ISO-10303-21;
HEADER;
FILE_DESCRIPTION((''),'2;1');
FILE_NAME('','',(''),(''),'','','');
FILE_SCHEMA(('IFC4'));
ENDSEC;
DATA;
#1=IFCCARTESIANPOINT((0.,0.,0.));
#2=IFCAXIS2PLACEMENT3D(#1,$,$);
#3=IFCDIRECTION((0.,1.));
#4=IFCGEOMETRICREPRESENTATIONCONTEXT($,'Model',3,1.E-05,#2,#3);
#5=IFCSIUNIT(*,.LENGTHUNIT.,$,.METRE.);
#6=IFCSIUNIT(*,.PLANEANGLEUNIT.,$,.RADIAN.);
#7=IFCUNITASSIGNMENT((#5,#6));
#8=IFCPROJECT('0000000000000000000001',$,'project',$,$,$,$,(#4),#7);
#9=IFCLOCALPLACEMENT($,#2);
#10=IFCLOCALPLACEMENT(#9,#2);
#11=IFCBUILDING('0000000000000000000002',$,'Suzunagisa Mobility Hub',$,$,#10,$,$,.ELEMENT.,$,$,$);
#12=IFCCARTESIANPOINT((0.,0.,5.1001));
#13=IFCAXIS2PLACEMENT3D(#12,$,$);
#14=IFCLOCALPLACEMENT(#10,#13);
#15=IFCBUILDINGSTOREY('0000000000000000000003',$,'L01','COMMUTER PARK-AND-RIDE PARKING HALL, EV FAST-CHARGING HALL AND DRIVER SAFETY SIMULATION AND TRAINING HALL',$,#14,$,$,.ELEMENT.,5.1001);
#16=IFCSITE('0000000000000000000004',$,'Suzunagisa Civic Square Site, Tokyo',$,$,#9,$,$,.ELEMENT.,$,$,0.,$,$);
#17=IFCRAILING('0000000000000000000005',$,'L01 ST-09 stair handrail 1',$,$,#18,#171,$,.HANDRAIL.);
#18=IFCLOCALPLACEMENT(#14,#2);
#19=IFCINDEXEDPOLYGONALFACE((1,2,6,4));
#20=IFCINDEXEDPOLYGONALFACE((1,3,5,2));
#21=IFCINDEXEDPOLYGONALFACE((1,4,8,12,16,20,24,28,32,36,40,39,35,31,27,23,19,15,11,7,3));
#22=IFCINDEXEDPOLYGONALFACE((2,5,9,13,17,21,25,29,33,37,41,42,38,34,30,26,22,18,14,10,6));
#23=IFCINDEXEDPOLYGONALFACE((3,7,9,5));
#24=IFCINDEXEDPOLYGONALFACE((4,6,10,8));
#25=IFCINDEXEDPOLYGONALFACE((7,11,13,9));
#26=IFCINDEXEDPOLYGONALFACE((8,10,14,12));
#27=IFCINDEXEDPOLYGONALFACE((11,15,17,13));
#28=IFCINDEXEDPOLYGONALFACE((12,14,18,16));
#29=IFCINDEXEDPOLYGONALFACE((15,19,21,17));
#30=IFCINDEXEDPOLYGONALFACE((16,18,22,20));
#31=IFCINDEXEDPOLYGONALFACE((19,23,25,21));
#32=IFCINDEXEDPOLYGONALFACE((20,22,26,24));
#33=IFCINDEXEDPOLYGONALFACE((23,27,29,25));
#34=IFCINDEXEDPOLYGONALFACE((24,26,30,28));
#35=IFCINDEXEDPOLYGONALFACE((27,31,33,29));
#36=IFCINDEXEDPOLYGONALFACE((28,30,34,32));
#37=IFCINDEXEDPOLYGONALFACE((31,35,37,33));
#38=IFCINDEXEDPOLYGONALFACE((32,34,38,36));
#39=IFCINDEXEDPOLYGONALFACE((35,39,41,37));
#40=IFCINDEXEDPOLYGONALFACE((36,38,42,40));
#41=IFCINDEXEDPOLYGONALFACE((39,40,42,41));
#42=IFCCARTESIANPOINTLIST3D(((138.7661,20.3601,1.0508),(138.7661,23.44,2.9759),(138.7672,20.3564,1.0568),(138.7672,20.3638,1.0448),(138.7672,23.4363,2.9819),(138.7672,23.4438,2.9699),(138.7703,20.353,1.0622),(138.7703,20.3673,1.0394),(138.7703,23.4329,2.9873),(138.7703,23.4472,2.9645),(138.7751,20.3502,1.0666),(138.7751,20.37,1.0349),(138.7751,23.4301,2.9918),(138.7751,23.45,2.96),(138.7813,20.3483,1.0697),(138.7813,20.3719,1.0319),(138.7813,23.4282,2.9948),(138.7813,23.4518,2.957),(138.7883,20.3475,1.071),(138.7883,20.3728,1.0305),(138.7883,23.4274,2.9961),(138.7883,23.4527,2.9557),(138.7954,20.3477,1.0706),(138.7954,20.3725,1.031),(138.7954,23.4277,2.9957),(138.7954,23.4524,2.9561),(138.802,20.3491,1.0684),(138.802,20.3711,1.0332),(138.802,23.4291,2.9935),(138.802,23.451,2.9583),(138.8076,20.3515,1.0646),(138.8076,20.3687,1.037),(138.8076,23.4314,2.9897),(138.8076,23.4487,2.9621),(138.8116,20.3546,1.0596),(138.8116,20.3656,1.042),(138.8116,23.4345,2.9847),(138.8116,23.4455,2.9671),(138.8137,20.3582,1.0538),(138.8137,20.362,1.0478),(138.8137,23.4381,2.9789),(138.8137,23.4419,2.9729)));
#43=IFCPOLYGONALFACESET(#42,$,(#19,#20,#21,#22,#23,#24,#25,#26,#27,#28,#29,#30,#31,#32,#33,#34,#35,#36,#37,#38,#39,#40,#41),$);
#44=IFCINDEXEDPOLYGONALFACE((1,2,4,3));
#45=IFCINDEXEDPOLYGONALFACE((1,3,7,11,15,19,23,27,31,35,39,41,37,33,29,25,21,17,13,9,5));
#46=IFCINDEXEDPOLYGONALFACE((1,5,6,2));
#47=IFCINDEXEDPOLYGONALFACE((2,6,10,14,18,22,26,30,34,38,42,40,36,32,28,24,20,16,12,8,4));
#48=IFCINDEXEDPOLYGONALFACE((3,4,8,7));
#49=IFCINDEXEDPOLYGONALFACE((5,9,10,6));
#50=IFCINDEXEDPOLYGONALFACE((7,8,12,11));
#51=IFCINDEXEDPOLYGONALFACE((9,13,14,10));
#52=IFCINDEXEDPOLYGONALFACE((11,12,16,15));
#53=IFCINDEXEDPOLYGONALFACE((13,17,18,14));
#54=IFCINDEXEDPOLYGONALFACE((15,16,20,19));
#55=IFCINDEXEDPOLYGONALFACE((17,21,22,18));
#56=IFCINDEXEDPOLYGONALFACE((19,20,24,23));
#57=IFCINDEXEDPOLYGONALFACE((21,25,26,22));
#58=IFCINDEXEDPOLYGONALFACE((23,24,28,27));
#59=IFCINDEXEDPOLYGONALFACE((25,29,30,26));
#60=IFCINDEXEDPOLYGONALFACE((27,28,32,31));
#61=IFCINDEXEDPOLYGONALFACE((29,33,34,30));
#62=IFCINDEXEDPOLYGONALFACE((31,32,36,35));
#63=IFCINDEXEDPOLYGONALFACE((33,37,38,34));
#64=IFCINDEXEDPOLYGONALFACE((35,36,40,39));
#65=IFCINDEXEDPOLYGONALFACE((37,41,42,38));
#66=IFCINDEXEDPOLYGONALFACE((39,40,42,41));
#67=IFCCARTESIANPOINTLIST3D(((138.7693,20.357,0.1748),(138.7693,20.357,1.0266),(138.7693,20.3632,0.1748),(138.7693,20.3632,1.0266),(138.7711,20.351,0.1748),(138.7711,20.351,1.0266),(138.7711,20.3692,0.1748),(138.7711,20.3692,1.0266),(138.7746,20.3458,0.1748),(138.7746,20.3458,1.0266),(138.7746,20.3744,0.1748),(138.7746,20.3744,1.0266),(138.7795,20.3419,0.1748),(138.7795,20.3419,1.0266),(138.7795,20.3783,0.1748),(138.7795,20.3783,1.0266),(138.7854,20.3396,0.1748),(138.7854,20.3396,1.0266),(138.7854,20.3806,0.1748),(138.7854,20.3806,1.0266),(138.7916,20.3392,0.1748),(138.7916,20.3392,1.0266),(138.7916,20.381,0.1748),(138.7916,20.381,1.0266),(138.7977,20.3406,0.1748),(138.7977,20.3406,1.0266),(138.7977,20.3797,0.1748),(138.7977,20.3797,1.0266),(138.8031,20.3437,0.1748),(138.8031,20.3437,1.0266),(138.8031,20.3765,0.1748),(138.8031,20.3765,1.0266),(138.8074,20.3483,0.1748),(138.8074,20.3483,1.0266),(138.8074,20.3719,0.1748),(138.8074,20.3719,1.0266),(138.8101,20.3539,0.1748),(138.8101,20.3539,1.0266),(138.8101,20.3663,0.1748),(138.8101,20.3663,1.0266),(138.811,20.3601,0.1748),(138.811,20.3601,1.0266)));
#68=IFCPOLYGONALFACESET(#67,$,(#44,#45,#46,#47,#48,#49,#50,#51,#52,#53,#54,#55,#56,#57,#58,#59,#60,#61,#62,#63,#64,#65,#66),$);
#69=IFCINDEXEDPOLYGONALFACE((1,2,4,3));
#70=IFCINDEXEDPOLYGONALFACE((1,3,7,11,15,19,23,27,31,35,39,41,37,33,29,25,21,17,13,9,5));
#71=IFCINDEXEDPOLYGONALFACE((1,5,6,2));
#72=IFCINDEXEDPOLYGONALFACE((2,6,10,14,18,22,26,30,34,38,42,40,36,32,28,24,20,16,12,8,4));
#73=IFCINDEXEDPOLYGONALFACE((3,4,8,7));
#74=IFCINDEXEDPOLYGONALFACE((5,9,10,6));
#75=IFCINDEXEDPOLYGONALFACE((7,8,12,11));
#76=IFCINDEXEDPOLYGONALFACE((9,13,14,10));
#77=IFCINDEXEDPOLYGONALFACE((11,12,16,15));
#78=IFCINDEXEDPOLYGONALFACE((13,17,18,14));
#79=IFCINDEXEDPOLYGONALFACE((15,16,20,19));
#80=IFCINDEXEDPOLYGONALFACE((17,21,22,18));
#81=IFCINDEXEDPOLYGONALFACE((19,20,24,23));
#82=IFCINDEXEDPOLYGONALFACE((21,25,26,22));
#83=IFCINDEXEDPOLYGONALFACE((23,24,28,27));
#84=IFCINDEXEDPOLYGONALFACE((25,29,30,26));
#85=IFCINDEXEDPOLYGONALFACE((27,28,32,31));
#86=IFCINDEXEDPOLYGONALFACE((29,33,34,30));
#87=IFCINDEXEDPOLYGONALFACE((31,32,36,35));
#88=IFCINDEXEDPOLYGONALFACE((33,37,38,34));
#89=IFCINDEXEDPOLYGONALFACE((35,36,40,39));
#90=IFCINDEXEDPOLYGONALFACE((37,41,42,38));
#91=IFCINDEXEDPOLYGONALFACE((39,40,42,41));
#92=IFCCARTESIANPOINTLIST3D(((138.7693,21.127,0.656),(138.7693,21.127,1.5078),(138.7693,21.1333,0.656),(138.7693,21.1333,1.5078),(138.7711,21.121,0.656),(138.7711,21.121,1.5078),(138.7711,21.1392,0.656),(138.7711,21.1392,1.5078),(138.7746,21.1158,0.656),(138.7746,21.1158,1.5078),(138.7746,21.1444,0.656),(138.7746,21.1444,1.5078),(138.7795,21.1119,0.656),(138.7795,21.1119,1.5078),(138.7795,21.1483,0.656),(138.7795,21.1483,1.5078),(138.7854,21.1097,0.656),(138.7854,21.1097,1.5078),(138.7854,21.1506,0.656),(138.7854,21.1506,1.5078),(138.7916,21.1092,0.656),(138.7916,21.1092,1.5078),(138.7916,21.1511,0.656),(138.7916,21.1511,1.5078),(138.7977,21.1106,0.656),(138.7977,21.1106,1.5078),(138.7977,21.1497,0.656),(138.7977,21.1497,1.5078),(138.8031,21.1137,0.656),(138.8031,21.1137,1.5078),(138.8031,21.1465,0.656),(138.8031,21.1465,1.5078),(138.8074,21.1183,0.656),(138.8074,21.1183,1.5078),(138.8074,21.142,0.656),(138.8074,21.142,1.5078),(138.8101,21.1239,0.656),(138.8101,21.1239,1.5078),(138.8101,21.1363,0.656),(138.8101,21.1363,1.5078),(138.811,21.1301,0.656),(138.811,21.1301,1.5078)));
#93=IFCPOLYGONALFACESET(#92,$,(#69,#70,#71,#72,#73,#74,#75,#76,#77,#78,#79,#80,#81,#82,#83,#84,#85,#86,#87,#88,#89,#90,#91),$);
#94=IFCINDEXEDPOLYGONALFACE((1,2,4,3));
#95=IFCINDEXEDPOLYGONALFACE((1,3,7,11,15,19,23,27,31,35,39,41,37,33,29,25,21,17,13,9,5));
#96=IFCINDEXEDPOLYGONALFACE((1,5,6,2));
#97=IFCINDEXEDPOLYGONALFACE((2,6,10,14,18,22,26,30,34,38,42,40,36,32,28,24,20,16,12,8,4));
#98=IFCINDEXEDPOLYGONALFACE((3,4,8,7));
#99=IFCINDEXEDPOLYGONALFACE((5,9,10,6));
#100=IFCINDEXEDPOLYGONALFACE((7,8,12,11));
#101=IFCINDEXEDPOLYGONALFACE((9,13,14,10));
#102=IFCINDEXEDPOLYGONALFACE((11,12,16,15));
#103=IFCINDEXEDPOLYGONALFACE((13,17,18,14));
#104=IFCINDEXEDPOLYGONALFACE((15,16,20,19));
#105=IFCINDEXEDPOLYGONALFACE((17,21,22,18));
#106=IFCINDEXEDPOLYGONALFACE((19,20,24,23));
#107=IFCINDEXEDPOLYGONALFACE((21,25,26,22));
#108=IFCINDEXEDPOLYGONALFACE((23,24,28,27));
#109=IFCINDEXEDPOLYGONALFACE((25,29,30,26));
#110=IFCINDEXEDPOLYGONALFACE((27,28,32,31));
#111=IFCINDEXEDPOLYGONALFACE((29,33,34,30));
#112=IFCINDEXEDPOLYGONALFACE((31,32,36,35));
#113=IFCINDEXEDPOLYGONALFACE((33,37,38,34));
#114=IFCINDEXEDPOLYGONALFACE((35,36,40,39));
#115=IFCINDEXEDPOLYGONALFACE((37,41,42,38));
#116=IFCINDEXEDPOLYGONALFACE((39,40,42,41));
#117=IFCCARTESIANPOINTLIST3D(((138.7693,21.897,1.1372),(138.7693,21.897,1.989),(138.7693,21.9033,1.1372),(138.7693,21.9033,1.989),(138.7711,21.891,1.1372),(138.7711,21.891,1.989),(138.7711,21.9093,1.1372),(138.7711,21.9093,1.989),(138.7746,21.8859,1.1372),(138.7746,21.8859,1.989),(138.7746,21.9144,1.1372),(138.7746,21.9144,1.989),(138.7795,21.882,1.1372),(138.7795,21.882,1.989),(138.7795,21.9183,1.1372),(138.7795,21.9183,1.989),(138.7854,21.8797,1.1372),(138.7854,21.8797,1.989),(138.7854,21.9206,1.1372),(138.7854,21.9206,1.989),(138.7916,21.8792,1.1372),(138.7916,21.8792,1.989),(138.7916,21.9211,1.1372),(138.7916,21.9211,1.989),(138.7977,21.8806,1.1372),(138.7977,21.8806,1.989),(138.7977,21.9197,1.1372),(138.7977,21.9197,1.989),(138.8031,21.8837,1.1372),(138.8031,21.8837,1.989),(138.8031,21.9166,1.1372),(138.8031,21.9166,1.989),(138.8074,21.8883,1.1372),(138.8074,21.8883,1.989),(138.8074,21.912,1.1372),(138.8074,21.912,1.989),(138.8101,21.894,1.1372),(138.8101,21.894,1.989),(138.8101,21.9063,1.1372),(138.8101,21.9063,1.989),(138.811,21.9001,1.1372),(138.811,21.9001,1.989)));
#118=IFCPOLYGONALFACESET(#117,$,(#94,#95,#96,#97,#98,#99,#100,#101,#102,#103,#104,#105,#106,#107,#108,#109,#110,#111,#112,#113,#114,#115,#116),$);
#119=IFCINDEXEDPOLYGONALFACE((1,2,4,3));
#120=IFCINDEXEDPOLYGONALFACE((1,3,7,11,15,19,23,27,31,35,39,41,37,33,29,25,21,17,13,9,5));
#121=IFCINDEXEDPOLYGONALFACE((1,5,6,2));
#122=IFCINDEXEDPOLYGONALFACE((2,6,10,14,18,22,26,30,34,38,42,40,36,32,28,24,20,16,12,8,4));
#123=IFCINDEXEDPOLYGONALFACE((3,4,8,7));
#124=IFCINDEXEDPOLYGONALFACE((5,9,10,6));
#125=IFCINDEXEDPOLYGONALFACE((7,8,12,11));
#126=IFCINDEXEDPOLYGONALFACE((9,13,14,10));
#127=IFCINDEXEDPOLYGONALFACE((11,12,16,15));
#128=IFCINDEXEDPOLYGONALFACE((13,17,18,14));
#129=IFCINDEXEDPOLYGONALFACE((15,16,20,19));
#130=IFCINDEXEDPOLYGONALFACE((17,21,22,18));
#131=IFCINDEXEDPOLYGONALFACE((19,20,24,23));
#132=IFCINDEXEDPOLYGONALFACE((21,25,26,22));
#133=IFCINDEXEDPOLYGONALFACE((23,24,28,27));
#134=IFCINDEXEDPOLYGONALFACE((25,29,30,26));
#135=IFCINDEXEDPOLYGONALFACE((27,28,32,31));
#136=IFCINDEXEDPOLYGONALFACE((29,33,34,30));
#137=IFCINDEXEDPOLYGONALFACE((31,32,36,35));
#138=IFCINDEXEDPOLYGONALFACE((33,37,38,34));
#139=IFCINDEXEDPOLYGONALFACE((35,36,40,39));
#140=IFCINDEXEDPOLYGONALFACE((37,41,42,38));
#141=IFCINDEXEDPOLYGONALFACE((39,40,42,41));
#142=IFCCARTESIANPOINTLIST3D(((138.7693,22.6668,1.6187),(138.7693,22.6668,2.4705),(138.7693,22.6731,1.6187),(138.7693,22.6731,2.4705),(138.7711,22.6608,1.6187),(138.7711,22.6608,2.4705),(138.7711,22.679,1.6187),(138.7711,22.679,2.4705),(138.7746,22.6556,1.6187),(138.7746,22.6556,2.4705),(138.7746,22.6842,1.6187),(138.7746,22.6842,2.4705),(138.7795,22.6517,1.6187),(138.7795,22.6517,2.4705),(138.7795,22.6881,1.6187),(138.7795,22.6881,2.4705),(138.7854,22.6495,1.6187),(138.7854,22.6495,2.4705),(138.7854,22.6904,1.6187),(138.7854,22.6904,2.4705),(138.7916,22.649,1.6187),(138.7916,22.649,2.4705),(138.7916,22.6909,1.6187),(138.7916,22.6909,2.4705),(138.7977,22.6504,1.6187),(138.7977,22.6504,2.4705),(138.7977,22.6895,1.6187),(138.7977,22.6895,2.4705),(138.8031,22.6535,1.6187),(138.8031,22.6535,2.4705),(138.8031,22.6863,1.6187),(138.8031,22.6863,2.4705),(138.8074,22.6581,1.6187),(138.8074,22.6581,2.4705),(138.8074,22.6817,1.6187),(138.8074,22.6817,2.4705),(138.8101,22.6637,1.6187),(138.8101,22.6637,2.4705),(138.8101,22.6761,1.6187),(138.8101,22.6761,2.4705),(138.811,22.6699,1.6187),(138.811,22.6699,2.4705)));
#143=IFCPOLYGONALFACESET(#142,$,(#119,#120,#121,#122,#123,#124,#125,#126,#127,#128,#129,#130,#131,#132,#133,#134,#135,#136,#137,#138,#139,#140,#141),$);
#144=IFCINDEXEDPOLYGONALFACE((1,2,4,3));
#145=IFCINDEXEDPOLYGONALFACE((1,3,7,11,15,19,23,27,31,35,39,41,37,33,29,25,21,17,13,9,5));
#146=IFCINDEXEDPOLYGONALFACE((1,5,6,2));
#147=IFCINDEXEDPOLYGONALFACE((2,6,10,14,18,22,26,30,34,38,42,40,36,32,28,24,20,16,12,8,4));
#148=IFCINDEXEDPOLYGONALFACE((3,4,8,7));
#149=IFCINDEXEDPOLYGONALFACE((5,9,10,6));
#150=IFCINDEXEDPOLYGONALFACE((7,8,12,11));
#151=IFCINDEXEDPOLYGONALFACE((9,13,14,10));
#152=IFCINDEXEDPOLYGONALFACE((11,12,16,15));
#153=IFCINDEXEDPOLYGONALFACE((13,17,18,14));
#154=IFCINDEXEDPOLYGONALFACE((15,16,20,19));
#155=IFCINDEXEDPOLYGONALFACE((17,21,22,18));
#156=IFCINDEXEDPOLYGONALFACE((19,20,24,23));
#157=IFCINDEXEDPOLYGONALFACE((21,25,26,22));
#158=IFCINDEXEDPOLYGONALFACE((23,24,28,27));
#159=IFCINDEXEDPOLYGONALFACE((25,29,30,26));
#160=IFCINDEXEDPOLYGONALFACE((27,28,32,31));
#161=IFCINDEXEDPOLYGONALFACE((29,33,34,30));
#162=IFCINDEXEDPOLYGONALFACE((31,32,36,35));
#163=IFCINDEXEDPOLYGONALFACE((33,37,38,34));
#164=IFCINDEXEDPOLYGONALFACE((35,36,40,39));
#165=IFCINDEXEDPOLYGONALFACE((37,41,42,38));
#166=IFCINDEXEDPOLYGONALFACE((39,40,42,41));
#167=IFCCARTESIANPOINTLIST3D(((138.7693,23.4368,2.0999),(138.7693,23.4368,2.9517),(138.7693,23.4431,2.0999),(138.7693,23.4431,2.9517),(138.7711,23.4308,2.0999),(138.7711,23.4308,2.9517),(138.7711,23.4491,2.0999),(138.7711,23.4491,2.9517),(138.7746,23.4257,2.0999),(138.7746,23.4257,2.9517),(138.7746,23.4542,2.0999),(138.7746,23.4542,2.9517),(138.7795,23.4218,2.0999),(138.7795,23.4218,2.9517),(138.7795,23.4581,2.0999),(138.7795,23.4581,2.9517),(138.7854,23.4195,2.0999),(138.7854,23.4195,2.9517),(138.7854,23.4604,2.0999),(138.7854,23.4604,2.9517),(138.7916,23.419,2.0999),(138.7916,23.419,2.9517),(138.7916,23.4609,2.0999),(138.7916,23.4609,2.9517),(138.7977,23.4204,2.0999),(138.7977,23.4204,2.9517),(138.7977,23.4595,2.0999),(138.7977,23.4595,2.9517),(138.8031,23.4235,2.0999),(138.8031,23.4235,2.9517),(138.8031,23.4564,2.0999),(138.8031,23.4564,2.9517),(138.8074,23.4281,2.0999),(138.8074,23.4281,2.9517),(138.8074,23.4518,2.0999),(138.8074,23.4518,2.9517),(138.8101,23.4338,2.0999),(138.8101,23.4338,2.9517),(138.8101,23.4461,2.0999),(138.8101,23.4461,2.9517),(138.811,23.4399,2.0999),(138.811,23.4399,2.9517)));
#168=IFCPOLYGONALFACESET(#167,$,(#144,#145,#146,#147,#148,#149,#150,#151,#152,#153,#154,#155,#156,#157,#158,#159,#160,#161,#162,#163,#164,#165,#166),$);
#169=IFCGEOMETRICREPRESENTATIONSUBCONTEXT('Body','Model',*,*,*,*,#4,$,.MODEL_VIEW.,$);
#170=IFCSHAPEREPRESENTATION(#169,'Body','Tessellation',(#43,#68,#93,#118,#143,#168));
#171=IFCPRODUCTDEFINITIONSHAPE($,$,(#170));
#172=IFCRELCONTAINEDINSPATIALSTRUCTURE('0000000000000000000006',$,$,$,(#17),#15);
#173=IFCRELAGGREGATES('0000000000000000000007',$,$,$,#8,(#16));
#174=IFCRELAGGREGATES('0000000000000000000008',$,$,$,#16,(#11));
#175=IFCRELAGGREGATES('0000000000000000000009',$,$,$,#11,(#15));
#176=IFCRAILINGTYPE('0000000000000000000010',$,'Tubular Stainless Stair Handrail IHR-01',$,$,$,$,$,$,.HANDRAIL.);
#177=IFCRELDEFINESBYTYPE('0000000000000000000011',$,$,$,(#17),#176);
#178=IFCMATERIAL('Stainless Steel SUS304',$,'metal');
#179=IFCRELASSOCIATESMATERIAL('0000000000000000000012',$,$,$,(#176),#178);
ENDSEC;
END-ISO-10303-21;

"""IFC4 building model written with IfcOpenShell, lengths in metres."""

from ifc_helpers import new_model, si_unit, direction, frame, origin, origin_2d, place, context, subcontext, project, spatial, circle, extrude, material, type_object, element, save


model = new_model("IFC4")

# Units and contexts
model_context = context("Model", 3, precision=1e-05, world=origin(), true_north=direction((0.0, 1.0)))
body_context = subcontext(model_context, "Body", "Model", "MODEL_VIEW")
ifc_project = project(units=[si_unit("LENGTHUNIT", "METRE"), si_unit("PLANEANGLEUNIT", "RADIAN")], contexts=[model_context])

# Site, building, storey
site_placement = place(None, origin())
site = spatial("IfcSite", under=ifc_project, at=site_placement, Name="Suzunagisa Civic Square Site, Tokyo", CompositionType="ELEMENT", RefElevation=0.0)
building_placement = place(site_placement, origin())
building = spatial("IfcBuilding", under=site, at=building_placement, Name="Suzunagisa Mobility Hub", CompositionType="ELEMENT")
storey_placement = place(building_placement, frame((0.0, 0.0, 5.1001)))
storey = spatial("IfcBuildingStorey", under=building, at=storey_placement, Name="L01", Description="COMMUTER PARK-AND-RIDE PARKING HALL, EV FAST-CHARGING HALL AND DRIVER SAFETY SIMULATION AND TRAINING HALL", CompositionType="ELEMENT", Elevation=5.1001)

# Railing
ifc_material_1 = material(Name="Stainless Steel SUS304", Category="metal")
railing_type_1 = type_object("IfcRailingType", Name="Tubular Stainless Stair Handrail IHR-01", PredefinedType="HANDRAIL", material=ifc_material_1)
railing_1_placement = place(storey_placement, frame((138.79, 20.3601, 0.1748)))
element("IfcRailing", 1, at=railing_1_placement, inside=storey, type_object=railing_type_1, Name="L01 ST-09 stair handrail 1", PredefinedType="HANDRAIL", context=body_context, shape_type="SweptSolid", body=[
    extrude(circle(Radius=0.0239, at=origin_2d()), frame((0.0, 0.0, 0.876), z_axis=(0.0, 0.847979, 0.530029), x_axis=(-1.0, 0.0, 0.0)), (0.0, 0.0, 1.0), 3.6321),
    extrude(circle(Radius=0.021, at=origin_2d()), origin(), (0.0, 0.0, 1.0), 0.8518),
    extrude(circle(Radius=0.021, at=origin_2d()), frame((0.0, 0.77, 0.4812)), (0.0, 0.0, 1.0), 0.8518),
    extrude(circle(Radius=0.021, at=origin_2d()), frame((0.0, 1.54, 0.9624)), (0.0, 0.0, 1.0), 0.8518),
    extrude(circle(Radius=0.021, at=origin_2d()), frame((0.0, 2.3098, 1.4438)), (0.0, 0.0, 1.0), 0.8518),
    extrude(circle(Radius=0.021, at=origin_2d()), frame((0.0, 3.0798, 1.925)), (0.0, 0.0, 1.0), 0.8518),
])

save(model, "model.ifc")
